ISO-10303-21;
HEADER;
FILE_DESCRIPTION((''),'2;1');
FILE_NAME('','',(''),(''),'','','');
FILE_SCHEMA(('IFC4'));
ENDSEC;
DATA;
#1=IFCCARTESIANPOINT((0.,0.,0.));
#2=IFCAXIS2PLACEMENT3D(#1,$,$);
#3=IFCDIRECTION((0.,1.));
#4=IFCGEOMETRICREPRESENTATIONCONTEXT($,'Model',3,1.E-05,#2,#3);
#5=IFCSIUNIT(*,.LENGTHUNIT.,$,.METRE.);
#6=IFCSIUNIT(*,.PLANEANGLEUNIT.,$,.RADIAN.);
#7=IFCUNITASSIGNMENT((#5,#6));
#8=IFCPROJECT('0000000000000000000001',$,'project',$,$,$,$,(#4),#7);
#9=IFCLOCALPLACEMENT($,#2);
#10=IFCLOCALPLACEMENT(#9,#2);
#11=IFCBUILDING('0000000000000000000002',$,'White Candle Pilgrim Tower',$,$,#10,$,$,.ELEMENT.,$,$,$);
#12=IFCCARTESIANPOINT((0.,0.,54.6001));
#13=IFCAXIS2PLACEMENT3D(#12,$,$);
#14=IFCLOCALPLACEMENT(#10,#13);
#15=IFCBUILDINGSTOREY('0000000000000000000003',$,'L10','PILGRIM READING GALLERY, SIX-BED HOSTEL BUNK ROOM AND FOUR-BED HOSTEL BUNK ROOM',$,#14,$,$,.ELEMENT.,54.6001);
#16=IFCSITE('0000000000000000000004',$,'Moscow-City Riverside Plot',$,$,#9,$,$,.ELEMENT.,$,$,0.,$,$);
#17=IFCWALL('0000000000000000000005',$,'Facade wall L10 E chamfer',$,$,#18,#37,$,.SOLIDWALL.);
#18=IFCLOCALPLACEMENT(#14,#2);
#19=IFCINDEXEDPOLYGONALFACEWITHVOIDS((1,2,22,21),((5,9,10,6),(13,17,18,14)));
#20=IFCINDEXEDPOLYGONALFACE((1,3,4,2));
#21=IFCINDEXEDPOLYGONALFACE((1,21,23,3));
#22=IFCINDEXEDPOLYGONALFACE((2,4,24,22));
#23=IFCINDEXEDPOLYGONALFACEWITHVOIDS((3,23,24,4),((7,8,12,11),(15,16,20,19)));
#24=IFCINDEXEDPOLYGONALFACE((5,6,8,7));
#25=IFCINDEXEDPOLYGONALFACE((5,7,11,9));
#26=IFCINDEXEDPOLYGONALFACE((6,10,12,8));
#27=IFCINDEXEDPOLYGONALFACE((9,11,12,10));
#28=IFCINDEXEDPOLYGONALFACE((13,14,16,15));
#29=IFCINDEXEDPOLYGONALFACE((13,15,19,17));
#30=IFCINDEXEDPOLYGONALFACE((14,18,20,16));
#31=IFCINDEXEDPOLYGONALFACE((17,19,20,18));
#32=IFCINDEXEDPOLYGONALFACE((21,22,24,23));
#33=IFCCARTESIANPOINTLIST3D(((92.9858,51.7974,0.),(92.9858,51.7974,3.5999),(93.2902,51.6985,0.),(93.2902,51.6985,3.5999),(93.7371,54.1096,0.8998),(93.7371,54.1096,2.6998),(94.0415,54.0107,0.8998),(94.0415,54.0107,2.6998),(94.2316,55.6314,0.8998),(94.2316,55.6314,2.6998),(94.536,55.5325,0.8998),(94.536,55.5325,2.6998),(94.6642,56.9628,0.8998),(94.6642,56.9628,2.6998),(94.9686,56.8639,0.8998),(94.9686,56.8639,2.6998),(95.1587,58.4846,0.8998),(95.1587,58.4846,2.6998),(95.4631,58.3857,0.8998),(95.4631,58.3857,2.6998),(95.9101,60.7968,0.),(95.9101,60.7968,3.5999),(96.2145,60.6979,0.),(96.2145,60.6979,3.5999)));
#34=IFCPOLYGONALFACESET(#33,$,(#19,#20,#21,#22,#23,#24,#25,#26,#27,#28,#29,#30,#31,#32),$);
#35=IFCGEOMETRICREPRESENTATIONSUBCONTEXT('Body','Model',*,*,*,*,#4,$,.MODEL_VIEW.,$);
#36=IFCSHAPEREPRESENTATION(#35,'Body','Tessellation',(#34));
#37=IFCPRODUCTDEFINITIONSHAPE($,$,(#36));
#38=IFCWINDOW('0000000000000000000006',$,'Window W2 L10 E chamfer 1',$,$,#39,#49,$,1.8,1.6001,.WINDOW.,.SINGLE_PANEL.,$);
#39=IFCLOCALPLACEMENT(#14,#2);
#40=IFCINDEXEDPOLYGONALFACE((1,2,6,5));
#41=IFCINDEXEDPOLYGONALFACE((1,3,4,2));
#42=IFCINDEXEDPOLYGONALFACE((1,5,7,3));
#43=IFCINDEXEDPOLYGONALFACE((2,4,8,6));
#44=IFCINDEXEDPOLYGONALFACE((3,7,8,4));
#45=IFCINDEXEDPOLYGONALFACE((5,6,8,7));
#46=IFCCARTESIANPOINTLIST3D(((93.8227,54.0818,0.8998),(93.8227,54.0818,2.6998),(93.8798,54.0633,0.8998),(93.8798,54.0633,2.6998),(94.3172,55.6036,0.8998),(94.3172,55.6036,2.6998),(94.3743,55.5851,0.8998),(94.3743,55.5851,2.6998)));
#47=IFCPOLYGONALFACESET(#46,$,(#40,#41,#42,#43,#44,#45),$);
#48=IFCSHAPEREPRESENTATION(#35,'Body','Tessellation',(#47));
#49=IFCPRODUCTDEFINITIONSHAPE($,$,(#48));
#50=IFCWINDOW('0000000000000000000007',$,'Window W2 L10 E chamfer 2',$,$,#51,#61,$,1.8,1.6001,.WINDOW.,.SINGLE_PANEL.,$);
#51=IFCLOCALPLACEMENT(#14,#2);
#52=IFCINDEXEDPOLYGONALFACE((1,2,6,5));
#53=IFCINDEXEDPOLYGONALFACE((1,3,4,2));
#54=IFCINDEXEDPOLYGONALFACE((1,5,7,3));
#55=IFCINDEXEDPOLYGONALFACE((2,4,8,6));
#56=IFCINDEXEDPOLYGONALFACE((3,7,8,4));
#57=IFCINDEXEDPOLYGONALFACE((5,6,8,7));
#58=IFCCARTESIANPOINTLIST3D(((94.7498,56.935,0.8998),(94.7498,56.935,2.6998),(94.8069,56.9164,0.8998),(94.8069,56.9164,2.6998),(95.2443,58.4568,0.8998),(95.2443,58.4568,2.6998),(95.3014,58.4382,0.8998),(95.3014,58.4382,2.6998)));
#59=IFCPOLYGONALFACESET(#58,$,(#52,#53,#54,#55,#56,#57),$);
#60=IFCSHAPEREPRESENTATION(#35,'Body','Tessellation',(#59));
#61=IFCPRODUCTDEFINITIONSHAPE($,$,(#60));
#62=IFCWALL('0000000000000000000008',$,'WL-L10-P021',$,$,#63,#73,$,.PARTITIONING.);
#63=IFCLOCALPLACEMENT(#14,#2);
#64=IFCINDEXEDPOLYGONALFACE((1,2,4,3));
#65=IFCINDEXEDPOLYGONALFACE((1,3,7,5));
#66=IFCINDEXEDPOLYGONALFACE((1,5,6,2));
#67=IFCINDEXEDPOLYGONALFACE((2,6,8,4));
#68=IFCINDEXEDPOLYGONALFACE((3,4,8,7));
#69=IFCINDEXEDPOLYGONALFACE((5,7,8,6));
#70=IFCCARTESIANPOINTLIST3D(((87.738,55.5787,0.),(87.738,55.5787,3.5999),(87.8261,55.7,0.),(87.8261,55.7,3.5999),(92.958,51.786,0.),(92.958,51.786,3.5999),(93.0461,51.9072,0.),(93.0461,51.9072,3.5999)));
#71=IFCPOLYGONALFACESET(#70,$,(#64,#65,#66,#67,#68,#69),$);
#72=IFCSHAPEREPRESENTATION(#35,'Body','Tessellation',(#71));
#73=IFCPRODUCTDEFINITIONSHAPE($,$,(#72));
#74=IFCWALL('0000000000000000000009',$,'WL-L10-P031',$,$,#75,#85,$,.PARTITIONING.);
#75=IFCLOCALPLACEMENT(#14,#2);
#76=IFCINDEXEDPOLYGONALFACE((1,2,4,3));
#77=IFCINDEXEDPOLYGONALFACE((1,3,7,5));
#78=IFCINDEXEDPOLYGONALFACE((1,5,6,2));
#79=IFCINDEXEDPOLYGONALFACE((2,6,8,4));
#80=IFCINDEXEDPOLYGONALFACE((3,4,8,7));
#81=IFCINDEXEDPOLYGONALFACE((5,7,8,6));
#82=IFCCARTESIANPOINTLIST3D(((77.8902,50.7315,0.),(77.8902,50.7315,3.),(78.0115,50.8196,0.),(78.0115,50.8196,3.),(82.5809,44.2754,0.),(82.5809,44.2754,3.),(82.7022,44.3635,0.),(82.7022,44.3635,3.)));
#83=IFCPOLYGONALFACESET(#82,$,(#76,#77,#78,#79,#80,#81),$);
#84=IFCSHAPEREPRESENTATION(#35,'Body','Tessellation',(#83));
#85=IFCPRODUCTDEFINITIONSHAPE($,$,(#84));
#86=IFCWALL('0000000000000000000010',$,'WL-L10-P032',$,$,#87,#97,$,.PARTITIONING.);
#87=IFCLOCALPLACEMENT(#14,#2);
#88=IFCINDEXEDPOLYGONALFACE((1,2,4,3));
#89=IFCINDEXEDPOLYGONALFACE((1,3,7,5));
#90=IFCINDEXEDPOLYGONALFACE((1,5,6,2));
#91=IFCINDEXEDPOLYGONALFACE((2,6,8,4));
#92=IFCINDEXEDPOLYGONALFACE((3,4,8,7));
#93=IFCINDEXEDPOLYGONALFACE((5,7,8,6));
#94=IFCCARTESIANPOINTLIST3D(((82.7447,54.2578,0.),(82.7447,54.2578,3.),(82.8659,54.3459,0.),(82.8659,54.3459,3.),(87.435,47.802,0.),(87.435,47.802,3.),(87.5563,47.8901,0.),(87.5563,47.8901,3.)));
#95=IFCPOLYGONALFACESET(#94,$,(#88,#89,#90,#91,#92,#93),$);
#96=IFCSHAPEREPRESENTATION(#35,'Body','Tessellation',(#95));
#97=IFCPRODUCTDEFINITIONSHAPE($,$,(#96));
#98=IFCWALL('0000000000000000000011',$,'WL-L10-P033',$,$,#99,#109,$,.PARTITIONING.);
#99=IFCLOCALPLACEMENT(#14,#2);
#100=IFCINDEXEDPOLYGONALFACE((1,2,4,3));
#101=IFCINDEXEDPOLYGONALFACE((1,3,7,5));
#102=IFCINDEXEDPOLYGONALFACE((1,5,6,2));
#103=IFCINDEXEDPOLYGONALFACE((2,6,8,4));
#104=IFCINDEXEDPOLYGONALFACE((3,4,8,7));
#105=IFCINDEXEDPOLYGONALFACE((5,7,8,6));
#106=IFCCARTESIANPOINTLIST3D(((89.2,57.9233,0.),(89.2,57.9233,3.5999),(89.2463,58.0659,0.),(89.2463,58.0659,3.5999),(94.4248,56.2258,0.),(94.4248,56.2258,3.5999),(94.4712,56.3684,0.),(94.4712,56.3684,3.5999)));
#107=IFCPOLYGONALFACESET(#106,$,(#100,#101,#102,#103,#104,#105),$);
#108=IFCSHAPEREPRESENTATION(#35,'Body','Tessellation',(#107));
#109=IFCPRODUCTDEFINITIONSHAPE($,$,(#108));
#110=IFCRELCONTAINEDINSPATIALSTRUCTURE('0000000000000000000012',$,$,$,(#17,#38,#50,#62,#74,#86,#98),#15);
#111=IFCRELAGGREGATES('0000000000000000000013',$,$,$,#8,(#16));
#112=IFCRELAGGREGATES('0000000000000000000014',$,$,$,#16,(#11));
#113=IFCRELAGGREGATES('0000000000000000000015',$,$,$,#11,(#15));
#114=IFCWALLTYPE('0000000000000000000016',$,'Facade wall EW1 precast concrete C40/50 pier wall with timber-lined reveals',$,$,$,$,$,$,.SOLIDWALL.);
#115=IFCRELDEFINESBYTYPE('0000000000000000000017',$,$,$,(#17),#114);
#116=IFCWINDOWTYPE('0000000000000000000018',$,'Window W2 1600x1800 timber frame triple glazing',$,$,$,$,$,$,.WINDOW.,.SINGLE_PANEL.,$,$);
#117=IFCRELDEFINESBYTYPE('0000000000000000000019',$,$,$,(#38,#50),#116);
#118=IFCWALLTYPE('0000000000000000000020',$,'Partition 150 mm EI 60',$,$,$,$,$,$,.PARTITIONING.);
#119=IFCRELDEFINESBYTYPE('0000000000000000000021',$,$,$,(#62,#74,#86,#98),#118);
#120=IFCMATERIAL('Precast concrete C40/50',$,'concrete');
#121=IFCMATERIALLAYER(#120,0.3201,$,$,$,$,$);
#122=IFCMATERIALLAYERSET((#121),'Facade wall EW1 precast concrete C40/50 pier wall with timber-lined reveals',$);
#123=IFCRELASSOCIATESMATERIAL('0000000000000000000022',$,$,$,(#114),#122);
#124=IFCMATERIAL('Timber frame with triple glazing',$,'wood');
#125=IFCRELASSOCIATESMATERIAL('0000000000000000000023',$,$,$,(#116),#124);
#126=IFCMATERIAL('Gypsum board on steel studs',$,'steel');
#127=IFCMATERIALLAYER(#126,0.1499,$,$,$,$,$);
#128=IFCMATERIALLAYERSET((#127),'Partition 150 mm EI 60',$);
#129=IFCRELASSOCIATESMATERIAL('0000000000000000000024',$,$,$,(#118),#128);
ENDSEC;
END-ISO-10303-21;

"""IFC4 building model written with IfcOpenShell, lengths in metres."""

from ifc_helpers import new_model, si_unit, direction, frame, frame_2d, origin, place, context, subcontext, project, spatial, rectangle, extrude, material, layer, layer_set, type_object, element, fill, save


model = new_model("IFC4")

# Units and contexts
model_context = context("Model", 3, precision=1e-05, world=origin(), true_north=direction((0.0, 1.0)))
body_context = subcontext(model_context, "Body", "Model", "MODEL_VIEW")
ifc_project = project(units=[si_unit("LENGTHUNIT", "METRE"), si_unit("PLANEANGLEUNIT", "RADIAN")], contexts=[model_context])

# Site, building, storey
site_placement = place(None, origin())
site = spatial("IfcSite", under=ifc_project, at=site_placement, Name="Moscow-City Riverside Plot", CompositionType="ELEMENT", RefElevation=0.0)
building_placement = place(site_placement, origin())
building = spatial("IfcBuilding", under=site, at=building_placement, Name="White Candle Pilgrim Tower", CompositionType="ELEMENT")
storey_placement = place(building_placement, frame((0.0, 0.0, 54.6001)))
storey = spatial("IfcBuildingStorey", under=building, at=storey_placement, Name="L10", Description="PILGRIM READING GALLERY, SIX-BED HOSTEL BUNK ROOM AND FOUR-BED HOSTEL BUNK ROOM", CompositionType="ELEMENT", Elevation=54.6001)

# Shared definitions
ifc_material_1 = material(Name="Gypsum board on steel studs", Category="steel")

# Wall, openings, windows
ifc_material_2 = material(Name="Precast concrete C40/50", Category="concrete")
ifc_layer_1 = layer(ifc_material_2, 0.3201)
ifc_layer_set_1 = layer_set([ifc_layer_1], Name="Facade wall EW1 precast concrete C40/50 pier wall with timber-lined reveals")
wall_type_1 = type_object("IfcWallType", Name="Facade wall EW1 precast concrete C40/50 pier wall with timber-lined reveals", PredefinedType="SOLIDWALL", material=ifc_layer_set_1)
wall_1_placement = place(storey_placement, frame((93.1379, 51.7478, 0.0), z_axis=(0.0, 0.0, 1.0), x_axis=(0.309036, 0.95105, 0.0)))
wall_1 = element("IfcWall", 1, at=wall_1_placement, inside=storey, type_object=wall_type_1, Name="Facade wall L10 E chamfer", PredefinedType="SOLIDWALL", context=body_context, shape_type="SweptSolid", body=[
    extrude(rectangle(XDim=9.4626, YDim=0.3201, at=frame_2d((4.7314, 0.0))), origin(), (0.0, 0.0, 1.0), 3.5999),
])
opening_1_placement = place(wall_1_placement, frame((2.4314, 0.0, 0.8999)))
opening_1 = element("IfcOpeningElement", 2, at=opening_1_placement, cuts=wall_1, PredefinedType="OPENING", context=body_context, shape_type="SweptSolid", body=[
    extrude(rectangle(XDim=1.6001, YDim=1.8, at=frame_2d((0.8, 0.8999))), frame((0.0, 0.1699, 0.0), z_axis=(0.0, -1.0, 0.0), x_axis=(1.0, 0.0, 0.0)), (0.0, 0.0, 1.0), 0.3401),
])
opening_2_placement = place(wall_1_placement, frame((5.4314, 0.0, 0.8999)))
opening_2 = element("IfcOpeningElement", 3, at=opening_2_placement, cuts=wall_1, PredefinedType="OPENING", context=body_context, shape_type="SweptSolid", body=[
    extrude(rectangle(XDim=1.6001, YDim=1.8, at=frame_2d((0.8, 0.8999))), frame((0.0, 0.1699, 0.0), z_axis=(0.0, -1.0, 0.0), x_axis=(1.0, 0.0, 0.0)), (0.0, 0.0, 1.0), 0.3401),
])
ifc_material_3 = material(Name="Timber frame with triple glazing", Category="wood")
window_type = type_object("IfcWindowType", Name="Window W2 1600x1800 timber frame triple glazing", PartitioningType="SINGLE_PANEL", PredefinedType="WINDOW", material=ifc_material_3)
window_1_placement = place(opening_1_placement, origin())
window_1 = element("IfcWindow", 4, at=window_1_placement, inside=storey, type_object=window_type, Name="Window W2 L10 E chamfer 1", OverallHeight=1.8, OverallWidth=1.6001, PartitioningType="SINGLE_PANEL", PredefinedType="WINDOW", context=body_context, shape_type="SweptSolid", body=[
    extrude(rectangle(XDim=1.6001, YDim=1.8, at=frame_2d((0.8, 0.8999))), frame((0.0, 0.0701, 0.0), z_axis=(0.0, -1.0, 0.0), x_axis=(1.0, 0.0, 0.0)), (0.0, 0.0, 1.0), 0.0601),
])
fill(opening_1, window_1)
window_2_placement = place(opening_2_placement, origin())
window_2 = element("IfcWindow", 5, at=window_2_placement, inside=storey, type_object=window_type, Name="Window W2 L10 E chamfer 2", OverallHeight=1.8, OverallWidth=1.6001, PartitioningType="SINGLE_PANEL", PredefinedType="WINDOW", context=body_context, shape_type="SweptSolid", body=[
    extrude(rectangle(XDim=1.6001, YDim=1.8, at=frame_2d((0.8, 0.8999))), frame((0.0, 0.0701, 0.0), z_axis=(0.0, -1.0, 0.0), x_axis=(1.0, 0.0, 0.0)), (0.0, 0.0, 1.0), 0.0601),
])
fill(opening_2, window_2)

# Walls
ifc_layer_2 = layer(ifc_material_1, 0.1499)
ifc_layer_set_2 = layer_set([ifc_layer_2], Name="Partition 150 mm EI 60")
wall_type_2 = type_object("IfcWallType", Name="Partition 150 mm EI 60", PredefinedType="PARTITIONING", material=ifc_layer_set_2)
wall_2_placement = place(storey_placement, frame((93.002, 51.8467, 0.0), z_axis=(0.0, 0.0, 1.0), x_axis=(-0.809003, 0.587805, 0.0)))
element("IfcWall", 6, at=wall_2_placement, inside=storey, type_object=wall_type_2, Name="WL-L10-P021", PredefinedType="PARTITIONING", context=body_context, shape_type="SweptSolid", body=[
    extrude(rectangle(XDim=6.4524, YDim=0.1499, at=frame_2d((3.2261, 0.0))), origin(), (0.0, 0.0, 1.0), 3.5999),
])
wall_3_placement = place(storey_placement, frame((82.6416, 44.3193, 0.0), z_axis=(0.0, 0.0, 1.0), x_axis=(-0.587791, 0.809012, 0.0)))
element("IfcWall", 7, at=wall_3_placement, inside=storey, type_object=wall_type_2, Name="WL-L10-P031", PredefinedType="PARTITIONING", context=body_context, shape_type="SweptSolid", body=[
    extrude(rectangle(XDim=7.9802, YDim=0.1499, at=frame_2d((3.9902, 0.0))), origin(), (0.0, 0.0, 1.0), 3.0),
])
wall_4_placement = place(storey_placement, frame((87.4956, 47.8462, 0.0), z_axis=(0.0, 0.0, 1.0), x_axis=(-0.587786, 0.809016, 0.0)))
element("IfcWall", 8, at=wall_4_placement, inside=storey, type_object=wall_type_2, Name="WL-L10-P032", PredefinedType="PARTITIONING", context=body_context, shape_type="SweptSolid", body=[
    extrude(rectangle(XDim=7.9797, YDim=0.1499, at=frame_2d((3.9897, 0.0))), origin(), (0.0, 0.0, 1.0), 3.0),
])
wall_5_placement = place(storey_placement, frame((94.448, 56.2971, 0.0), z_axis=(0.0, 0.0, 1.0), x_axis=(-0.951064, 0.308993, 0.0)))
element("IfcWall", 9, at=wall_5_placement, inside=storey, type_object=wall_type_2, Name="WL-L10-P033", PredefinedType="PARTITIONING", context=body_context, shape_type="SweptSolid", body=[
    extrude(rectangle(XDim=5.4937, YDim=0.1499, at=frame_2d((2.7468, 0.0))), origin(), (0.0, 0.0, 1.0), 3.5999),
])

save(model, "model.ifc")
